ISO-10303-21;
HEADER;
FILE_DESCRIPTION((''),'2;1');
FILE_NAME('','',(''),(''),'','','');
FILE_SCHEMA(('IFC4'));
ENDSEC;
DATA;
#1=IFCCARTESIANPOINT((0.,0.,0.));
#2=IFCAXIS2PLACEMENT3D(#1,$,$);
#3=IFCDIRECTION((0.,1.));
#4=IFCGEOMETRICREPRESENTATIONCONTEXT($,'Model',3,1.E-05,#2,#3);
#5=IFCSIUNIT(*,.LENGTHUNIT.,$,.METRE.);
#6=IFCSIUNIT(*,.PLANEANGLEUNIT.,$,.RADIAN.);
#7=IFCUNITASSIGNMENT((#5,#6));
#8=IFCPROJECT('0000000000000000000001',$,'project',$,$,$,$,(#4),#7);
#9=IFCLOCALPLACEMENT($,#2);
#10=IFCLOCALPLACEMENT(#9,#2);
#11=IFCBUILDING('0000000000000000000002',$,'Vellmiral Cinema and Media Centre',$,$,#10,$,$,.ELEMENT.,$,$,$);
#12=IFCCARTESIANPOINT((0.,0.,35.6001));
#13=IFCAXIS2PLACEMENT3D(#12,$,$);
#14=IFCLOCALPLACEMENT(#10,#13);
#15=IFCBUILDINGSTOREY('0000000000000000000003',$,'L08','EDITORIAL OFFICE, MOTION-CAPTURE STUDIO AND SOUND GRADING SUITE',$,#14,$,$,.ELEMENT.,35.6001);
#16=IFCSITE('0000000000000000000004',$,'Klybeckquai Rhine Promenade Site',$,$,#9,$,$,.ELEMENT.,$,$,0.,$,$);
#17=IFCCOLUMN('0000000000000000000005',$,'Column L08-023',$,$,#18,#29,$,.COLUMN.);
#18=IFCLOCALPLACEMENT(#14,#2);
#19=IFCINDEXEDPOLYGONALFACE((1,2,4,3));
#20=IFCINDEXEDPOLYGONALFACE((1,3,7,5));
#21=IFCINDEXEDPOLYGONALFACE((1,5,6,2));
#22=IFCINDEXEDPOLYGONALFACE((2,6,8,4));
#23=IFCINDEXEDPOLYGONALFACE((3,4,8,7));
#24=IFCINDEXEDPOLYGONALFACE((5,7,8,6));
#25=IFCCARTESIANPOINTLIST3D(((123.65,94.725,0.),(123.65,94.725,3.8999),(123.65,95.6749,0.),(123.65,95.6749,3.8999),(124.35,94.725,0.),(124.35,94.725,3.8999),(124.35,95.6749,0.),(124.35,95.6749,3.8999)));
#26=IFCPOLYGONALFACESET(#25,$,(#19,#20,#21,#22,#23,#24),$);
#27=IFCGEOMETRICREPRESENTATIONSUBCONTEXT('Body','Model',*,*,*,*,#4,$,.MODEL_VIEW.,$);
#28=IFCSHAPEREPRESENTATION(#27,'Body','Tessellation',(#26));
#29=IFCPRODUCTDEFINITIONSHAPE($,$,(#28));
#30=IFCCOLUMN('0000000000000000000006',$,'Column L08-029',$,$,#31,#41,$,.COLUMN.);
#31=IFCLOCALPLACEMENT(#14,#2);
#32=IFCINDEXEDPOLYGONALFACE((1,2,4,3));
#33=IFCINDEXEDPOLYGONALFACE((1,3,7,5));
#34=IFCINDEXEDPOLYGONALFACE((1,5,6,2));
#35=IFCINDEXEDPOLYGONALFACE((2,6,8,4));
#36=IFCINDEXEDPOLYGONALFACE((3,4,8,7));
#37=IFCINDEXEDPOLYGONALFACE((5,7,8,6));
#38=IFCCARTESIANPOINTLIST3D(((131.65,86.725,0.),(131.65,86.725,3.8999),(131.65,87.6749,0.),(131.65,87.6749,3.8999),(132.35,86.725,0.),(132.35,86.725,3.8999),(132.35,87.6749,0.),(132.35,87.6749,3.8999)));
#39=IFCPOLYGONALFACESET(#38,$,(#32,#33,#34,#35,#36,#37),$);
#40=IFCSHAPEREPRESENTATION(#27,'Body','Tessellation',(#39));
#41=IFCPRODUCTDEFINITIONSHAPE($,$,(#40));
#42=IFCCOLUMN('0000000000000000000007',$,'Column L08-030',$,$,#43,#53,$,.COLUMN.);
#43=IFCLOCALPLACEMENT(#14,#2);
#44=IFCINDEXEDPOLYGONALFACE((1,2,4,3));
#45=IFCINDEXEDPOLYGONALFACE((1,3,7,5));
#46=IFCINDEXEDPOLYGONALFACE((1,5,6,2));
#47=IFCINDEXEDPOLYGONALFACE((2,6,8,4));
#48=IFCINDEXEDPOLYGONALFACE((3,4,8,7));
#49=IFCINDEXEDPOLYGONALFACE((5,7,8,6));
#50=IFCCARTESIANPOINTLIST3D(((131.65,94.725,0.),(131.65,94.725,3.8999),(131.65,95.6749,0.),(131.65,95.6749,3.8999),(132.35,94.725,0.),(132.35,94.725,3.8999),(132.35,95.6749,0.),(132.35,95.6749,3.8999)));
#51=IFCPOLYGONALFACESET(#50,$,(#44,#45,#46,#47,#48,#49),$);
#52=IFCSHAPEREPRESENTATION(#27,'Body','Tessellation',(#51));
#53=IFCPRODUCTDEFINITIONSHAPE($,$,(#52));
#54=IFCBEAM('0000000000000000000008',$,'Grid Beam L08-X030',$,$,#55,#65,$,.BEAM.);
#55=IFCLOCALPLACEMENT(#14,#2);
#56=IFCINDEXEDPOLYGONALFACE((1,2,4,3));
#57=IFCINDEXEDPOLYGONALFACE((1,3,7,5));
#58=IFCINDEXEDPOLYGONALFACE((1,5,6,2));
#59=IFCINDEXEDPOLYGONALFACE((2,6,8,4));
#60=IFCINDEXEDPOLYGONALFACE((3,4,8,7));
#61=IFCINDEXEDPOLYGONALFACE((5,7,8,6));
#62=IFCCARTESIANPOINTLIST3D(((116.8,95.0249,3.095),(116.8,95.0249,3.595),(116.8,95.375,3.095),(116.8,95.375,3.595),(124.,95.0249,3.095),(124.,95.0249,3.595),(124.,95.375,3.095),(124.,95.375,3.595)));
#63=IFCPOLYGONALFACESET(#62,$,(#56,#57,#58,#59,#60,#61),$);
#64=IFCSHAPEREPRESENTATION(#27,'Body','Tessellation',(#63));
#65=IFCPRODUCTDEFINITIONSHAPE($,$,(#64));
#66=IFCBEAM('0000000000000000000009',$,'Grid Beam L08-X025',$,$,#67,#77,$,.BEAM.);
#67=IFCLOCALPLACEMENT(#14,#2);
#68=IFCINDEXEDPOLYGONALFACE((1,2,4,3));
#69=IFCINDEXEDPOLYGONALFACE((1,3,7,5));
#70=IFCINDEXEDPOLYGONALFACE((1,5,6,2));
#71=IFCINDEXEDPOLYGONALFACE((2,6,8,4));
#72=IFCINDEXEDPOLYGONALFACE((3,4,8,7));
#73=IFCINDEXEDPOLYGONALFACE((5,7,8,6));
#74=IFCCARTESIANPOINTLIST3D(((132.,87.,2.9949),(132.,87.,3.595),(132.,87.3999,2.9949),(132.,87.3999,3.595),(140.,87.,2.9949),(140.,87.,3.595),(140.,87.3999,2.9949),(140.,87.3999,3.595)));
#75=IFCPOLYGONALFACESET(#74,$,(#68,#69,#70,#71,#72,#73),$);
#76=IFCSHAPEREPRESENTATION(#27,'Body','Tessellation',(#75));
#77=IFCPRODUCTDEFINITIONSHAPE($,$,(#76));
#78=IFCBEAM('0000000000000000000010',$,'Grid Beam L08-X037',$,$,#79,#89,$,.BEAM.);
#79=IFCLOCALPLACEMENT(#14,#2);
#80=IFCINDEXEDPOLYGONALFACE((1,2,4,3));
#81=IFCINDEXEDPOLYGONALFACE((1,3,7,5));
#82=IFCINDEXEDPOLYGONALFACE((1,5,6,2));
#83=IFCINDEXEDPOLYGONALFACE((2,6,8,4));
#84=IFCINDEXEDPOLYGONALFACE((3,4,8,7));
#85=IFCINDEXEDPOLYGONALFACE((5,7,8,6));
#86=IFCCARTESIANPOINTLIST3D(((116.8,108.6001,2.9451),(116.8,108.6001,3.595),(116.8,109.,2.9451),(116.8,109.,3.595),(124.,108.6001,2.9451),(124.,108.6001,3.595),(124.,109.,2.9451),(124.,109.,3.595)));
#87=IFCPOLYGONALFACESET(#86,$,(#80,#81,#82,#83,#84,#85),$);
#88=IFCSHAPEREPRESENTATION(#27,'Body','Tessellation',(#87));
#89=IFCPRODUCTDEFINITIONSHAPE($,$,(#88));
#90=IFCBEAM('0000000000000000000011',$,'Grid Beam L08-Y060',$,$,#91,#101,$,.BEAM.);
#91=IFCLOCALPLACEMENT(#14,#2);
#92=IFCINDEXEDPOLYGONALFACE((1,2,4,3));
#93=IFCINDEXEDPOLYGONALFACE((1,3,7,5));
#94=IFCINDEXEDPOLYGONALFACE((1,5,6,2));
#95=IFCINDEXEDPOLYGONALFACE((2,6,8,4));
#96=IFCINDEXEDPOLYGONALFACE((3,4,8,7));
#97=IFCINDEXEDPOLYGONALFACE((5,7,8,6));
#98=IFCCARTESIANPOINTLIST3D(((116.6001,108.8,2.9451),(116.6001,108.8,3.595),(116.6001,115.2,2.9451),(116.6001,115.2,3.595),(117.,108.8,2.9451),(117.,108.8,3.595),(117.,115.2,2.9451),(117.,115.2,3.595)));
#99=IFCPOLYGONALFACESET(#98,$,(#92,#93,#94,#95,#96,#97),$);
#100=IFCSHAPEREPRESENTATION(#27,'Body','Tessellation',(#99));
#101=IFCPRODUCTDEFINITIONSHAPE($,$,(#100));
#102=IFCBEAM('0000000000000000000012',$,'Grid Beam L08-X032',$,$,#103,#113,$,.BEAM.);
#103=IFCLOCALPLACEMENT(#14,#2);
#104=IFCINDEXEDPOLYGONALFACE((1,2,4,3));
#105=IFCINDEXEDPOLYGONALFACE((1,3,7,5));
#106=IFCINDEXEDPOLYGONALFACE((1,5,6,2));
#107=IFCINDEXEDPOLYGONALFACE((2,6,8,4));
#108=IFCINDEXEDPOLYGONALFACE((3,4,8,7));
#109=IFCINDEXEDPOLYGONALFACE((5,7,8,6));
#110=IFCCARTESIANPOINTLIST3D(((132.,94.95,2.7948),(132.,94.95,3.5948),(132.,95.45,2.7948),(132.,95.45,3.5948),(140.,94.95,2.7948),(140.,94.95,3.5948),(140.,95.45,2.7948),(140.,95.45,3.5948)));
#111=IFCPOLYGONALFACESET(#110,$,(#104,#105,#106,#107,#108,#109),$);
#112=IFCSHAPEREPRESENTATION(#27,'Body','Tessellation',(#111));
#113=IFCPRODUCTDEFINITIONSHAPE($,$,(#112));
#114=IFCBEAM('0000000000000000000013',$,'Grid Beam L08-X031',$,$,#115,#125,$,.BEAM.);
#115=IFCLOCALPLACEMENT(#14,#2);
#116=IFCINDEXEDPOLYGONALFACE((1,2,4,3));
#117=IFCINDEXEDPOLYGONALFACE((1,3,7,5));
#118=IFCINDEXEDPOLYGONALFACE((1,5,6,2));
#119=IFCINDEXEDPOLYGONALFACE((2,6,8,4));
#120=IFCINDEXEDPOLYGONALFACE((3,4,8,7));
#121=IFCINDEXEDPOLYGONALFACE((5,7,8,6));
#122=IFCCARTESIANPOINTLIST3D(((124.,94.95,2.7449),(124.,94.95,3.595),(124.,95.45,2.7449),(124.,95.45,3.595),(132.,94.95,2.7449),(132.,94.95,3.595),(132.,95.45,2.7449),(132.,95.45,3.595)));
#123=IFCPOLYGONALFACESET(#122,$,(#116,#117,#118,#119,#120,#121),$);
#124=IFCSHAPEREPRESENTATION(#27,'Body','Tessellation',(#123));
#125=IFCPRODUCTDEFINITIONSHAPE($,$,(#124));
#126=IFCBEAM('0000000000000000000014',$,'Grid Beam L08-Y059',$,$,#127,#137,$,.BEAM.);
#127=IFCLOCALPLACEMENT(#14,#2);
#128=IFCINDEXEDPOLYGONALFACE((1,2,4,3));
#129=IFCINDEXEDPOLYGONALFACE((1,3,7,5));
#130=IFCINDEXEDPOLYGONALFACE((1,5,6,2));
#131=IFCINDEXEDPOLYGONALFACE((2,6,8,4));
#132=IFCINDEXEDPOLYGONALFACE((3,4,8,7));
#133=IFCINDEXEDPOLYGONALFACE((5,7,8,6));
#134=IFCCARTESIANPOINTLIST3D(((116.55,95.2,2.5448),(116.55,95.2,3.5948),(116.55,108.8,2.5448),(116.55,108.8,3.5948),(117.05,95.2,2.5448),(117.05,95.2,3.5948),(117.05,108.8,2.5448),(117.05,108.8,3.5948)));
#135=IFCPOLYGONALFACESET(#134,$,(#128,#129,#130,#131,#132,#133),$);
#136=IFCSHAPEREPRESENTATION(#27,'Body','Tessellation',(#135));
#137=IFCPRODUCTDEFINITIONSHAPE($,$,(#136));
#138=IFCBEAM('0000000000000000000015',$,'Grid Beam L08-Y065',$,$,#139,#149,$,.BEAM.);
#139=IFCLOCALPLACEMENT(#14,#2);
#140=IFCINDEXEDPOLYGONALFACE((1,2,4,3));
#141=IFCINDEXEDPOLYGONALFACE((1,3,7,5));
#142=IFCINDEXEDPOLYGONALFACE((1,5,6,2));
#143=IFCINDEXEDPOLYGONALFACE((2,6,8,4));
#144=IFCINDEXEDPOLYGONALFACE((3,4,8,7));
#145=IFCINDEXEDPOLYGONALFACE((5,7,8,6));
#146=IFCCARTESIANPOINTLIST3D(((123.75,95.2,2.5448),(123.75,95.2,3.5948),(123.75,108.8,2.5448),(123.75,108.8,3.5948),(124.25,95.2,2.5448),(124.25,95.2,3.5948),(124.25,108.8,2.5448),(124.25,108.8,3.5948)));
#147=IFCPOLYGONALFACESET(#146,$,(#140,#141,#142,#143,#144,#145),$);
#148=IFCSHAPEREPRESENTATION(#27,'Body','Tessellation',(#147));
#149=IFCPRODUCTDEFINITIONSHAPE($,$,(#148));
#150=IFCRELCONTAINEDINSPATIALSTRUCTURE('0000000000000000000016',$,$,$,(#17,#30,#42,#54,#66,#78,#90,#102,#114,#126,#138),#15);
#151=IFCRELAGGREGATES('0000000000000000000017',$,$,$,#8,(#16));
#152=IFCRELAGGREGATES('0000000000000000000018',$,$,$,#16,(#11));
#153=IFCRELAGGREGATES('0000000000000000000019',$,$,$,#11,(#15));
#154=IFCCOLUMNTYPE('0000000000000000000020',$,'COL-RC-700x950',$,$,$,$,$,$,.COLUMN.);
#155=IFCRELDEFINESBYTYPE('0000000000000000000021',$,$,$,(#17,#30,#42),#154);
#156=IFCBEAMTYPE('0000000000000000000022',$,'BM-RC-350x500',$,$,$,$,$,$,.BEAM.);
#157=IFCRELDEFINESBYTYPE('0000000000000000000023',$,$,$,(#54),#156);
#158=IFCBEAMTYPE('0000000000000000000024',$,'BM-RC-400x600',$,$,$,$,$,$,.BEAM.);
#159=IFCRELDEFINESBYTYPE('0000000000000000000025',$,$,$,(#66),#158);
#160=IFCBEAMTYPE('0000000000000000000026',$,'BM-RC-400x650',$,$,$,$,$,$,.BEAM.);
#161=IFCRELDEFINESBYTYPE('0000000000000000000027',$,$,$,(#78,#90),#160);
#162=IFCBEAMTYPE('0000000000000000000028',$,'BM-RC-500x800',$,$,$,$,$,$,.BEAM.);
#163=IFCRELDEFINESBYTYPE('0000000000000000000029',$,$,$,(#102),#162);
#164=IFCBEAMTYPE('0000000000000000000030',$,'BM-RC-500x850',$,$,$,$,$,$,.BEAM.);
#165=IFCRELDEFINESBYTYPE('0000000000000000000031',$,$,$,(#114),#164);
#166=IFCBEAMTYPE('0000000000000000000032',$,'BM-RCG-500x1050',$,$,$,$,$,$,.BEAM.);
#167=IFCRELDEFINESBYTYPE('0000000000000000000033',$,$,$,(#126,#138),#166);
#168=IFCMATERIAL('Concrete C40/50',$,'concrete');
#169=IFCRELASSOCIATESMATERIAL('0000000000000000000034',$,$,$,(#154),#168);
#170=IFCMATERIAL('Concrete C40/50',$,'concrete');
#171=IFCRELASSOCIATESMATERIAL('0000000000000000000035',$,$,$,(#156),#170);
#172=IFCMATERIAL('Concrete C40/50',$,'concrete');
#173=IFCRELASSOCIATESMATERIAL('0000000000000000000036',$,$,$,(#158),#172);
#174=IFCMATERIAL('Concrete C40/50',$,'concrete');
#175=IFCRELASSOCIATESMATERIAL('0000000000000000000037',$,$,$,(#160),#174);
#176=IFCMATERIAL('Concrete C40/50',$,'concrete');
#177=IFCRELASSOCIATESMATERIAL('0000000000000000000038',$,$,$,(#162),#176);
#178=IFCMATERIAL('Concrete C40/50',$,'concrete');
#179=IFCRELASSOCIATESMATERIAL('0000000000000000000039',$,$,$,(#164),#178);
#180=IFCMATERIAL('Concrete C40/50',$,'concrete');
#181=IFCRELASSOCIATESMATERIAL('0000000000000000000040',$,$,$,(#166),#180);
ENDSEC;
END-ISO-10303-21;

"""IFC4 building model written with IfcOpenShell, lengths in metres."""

from ifc_helpers import new_model, si_unit, direction, frame, origin, origin_2d, place, context, subcontext, project, spatial, rectangle, extrude, material, material_profile, profile_set, type_object, element, save


model = new_model("IFC4")

# Units and contexts
model_context = context("Model", 3, precision=1e-05, world=origin(), true_north=direction((0.0, 1.0)))
body_context = subcontext(model_context, "Body", "Model", "MODEL_VIEW")
ifc_project = project(units=[si_unit("LENGTHUNIT", "METRE"), si_unit("PLANEANGLEUNIT", "RADIAN")], contexts=[model_context])

# Site, building, storey
site_placement = place(None, origin())
site = spatial("IfcSite", under=ifc_project, at=site_placement, Name="Klybeckquai Rhine Promenade Site", CompositionType="ELEMENT", RefElevation=0.0)
building_placement = place(site_placement, origin())
building = spatial("IfcBuilding", under=site, at=building_placement, Name="Vellmiral Cinema and Media Centre", CompositionType="ELEMENT")
storey_placement = place(building_placement, frame((0.0, 0.0, 35.6001)))
storey = spatial("IfcBuildingStorey", under=building, at=storey_placement, Name="L08", Description="EDITORIAL OFFICE, MOTION-CAPTURE STUDIO AND SOUND GRADING SUITE", CompositionType="ELEMENT", Elevation=35.6001)

# Columns
ifc_material_1 = material(Name="Concrete C40/50", Category="concrete")
ifc_material_profile_1 = material_profile(ifc_material_1, rectangle(XDim=0.7, YDim=0.95, at=origin_2d()), Name="RC 700x950")
ifc_profile_set_1 = profile_set([ifc_material_profile_1], Name="Concrete C40/50")
column_type = type_object("IfcColumnType", Name="COL-RC-700x950", PredefinedType="COLUMN", material=ifc_profile_set_1)
for number, where, z_axis, x_axis, name in (
    (1, (124.0, 95.2, 0.0), (0.0, 0.0, 1.0), (1.0, 0.0, 0.0), "Column L08-023"),
    (2, (132.0, 87.2, 0.0), (0.0, 0.0, 1.0), (1.0, 0.0, 0.0), "Column L08-029"),
    (3, (132.0, 95.2, 0.0), (0.0, 0.0, 1.0), (1.0, 0.0, 0.0), "Column L08-030"),
):
    element("IfcColumn", number, at=place(storey_placement, frame(where, z_axis=z_axis, x_axis=x_axis)), inside=storey, type_object=column_type, Name=name, PredefinedType="COLUMN", context=body_context, shape_type="SweptSolid", body=[
        extrude(rectangle(XDim=0.7, YDim=0.95, at=origin_2d()), origin(), (0.0, 0.0, 1.0), 3.8999),
    ])

# Beams
ifc_material_2 = material(Name="Concrete C40/50", Category="concrete")
ifc_material_profile_2 = material_profile(ifc_material_2, rectangle(XDim=0.3501, YDim=0.5, at=origin_2d()), Name="RC 350x500")
ifc_profile_set_2 = profile_set([ifc_material_profile_2], Name="Concrete C40/50")
beam_type_1 = type_object("IfcBeamType", Name="BM-RC-350x500", PredefinedType="BEAM", material=ifc_profile_set_2)
beam_1_placement = place(storey_placement, frame((116.8, 95.2, 3.345), z_axis=(1.0, 0.0, 0.0), x_axis=(0.0, 1.0, 0.0)))
element("IfcBeam", 4, at=beam_1_placement, inside=storey, type_object=beam_type_1, Name="Grid Beam L08-X030", PredefinedType="BEAM", context=body_context, shape_type="SweptSolid", body=[
    extrude(rectangle(XDim=0.3501, YDim=0.5, at=origin_2d()), origin(), (0.0, 0.0, 1.0), 7.2),
])
ifc_material_3 = material(Name="Concrete C40/50", Category="concrete")
ifc_material_profile_3 = material_profile(ifc_material_3, rectangle(XDim=0.3999, YDim=0.6001, at=origin_2d()), Name="RC 400x600")
ifc_profile_set_3 = profile_set([ifc_material_profile_3], Name="Concrete C40/50")
beam_type_2 = type_object("IfcBeamType", Name="BM-RC-400x600", PredefinedType="BEAM", material=ifc_profile_set_3)
beam_2_placement = place(storey_placement, frame((132.0, 87.2, 3.2949), z_axis=(1.0, 0.0, 0.0), x_axis=(0.0, 1.0, 0.0)))
element("IfcBeam", 5, at=beam_2_placement, inside=storey, type_object=beam_type_2, Name="Grid Beam L08-X025", PredefinedType="BEAM", context=body_context, shape_type="SweptSolid", body=[
    extrude(rectangle(XDim=0.3999, YDim=0.6001, at=origin_2d()), origin(), (0.0, 0.0, 1.0), 8.0),
])
ifc_material_4 = material(Name="Concrete C40/50", Category="concrete")
ifc_material_profile_4 = material_profile(ifc_material_4, rectangle(XDim=0.3999, YDim=0.6499, at=origin_2d()), Name="RC 400x650")
ifc_profile_set_4 = profile_set([ifc_material_profile_4], Name="Concrete C40/50")
beam_type_3 = type_object("IfcBeamType", Name="BM-RC-400x650", PredefinedType="BEAM", material=ifc_profile_set_4)
beam_3_placement = place(storey_placement, frame((116.8, 108.8, 3.27), z_axis=(1.0, 0.0, 0.0), x_axis=(0.0, 1.0, 0.0)))
element("IfcBeam", 6, at=beam_3_placement, inside=storey, type_object=beam_type_3, Name="Grid Beam L08-X037", PredefinedType="BEAM", context=body_context, shape_type="SweptSolid", body=[
    extrude(rectangle(XDim=0.3999, YDim=0.6499, at=origin_2d()), origin(), (0.0, 0.0, 1.0), 7.2),
])
beam_4_placement = place(storey_placement, frame((116.8, 108.8, 3.27), z_axis=(0.0, 1.0, 0.0), x_axis=(-1.0, 0.0, 0.0)))
element("IfcBeam", 7, at=beam_4_placement, inside=storey, type_object=beam_type_3, Name="Grid Beam L08-Y060", PredefinedType="BEAM", context=body_context, shape_type="SweptSolid", body=[
    extrude(rectangle(XDim=0.3999, YDim=0.6499, at=origin_2d()), origin(), (0.0, 0.0, 1.0), 6.3999),
])
ifc_material_5 = material(Name="Concrete C40/50", Category="concrete")
ifc_material_profile_5 = material_profile(ifc_material_5, rectangle(XDim=0.5, YDim=0.8, at=origin_2d()), Name="RC 500x800")
ifc_profile_set_5 = profile_set([ifc_material_profile_5], Name="Concrete C40/50")
beam_type_4 = type_object("IfcBeamType", Name="BM-RC-500x800", PredefinedType="BEAM", material=ifc_profile_set_5)
beam_5_placement = place(storey_placement, frame((132.0, 95.2, 3.1948), z_axis=(1.0, 0.0, 0.0), x_axis=(0.0, 1.0, 0.0)))
element("IfcBeam", 8, at=beam_5_placement, inside=storey, type_object=beam_type_4, Name="Grid Beam L08-X032", PredefinedType="BEAM", context=body_context, shape_type="SweptSolid", body=[
    extrude(rectangle(XDim=0.5, YDim=0.8, at=origin_2d()), origin(), (0.0, 0.0, 1.0), 8.0),
])
ifc_material_6 = material(Name="Concrete C40/50", Category="concrete")
ifc_material_profile_6 = material_profile(ifc_material_6, rectangle(XDim=0.5, YDim=0.8501, at=origin_2d()), Name="RC 500x850")
ifc_profile_set_6 = profile_set([ifc_material_profile_6], Name="Concrete C40/50")
beam_type_5 = type_object("IfcBeamType", Name="BM-RC-500x850", PredefinedType="BEAM", material=ifc_profile_set_6)
beam_6_placement = place(storey_placement, frame((124.0, 95.2, 3.1699), z_axis=(1.0, 0.0, 0.0), x_axis=(0.0, 1.0, 0.0)))
element("IfcBeam", 9, at=beam_6_placement, inside=storey, type_object=beam_type_5, Name="Grid Beam L08-X031", PredefinedType="BEAM", context=body_context, shape_type="SweptSolid", body=[
    extrude(rectangle(XDim=0.5, YDim=0.8501, at=origin_2d()), origin(), (0.0, 0.0, 1.0), 8.0),
])
ifc_material_7 = material(Name="Concrete C40/50", Category="concrete")
ifc_material_profile_7 = material_profile(ifc_material_7, rectangle(XDim=0.5, YDim=1.05, at=origin_2d()), Name="RC 500x1050")
ifc_profile_set_7 = profile_set([ifc_material_profile_7], Name="Concrete C40/50")
beam_type_6 = type_object("IfcBeamType", Name="BM-RCG-500x1050", PredefinedType="BEAM", material=ifc_profile_set_7)
for number, where, z_axis, x_axis, name in (
    (10, (116.8, 95.2, 3.0698), (0.0, 1.0, 0.0), (-1.0, 0.0, 0.0), "Grid Beam L08-Y059"),
    (11, (124.0, 95.2, 3.0698), (0.0, 1.0, 0.0), (-1.0, 0.0, 0.0), "Grid Beam L08-Y065"),
):
    element("IfcBeam", number, at=place(storey_placement, frame(where, z_axis=z_axis, x_axis=x_axis)), inside=storey, type_object=beam_type_6, Name=name, PredefinedType="BEAM", context=body_context, shape_type="SweptSolid", body=[
        extrude(rectangle(XDim=0.5, YDim=1.05, at=origin_2d()), origin(), (0.0, 0.0, 1.0), 13.6001),
    ])

save(model, "model.ifc")
